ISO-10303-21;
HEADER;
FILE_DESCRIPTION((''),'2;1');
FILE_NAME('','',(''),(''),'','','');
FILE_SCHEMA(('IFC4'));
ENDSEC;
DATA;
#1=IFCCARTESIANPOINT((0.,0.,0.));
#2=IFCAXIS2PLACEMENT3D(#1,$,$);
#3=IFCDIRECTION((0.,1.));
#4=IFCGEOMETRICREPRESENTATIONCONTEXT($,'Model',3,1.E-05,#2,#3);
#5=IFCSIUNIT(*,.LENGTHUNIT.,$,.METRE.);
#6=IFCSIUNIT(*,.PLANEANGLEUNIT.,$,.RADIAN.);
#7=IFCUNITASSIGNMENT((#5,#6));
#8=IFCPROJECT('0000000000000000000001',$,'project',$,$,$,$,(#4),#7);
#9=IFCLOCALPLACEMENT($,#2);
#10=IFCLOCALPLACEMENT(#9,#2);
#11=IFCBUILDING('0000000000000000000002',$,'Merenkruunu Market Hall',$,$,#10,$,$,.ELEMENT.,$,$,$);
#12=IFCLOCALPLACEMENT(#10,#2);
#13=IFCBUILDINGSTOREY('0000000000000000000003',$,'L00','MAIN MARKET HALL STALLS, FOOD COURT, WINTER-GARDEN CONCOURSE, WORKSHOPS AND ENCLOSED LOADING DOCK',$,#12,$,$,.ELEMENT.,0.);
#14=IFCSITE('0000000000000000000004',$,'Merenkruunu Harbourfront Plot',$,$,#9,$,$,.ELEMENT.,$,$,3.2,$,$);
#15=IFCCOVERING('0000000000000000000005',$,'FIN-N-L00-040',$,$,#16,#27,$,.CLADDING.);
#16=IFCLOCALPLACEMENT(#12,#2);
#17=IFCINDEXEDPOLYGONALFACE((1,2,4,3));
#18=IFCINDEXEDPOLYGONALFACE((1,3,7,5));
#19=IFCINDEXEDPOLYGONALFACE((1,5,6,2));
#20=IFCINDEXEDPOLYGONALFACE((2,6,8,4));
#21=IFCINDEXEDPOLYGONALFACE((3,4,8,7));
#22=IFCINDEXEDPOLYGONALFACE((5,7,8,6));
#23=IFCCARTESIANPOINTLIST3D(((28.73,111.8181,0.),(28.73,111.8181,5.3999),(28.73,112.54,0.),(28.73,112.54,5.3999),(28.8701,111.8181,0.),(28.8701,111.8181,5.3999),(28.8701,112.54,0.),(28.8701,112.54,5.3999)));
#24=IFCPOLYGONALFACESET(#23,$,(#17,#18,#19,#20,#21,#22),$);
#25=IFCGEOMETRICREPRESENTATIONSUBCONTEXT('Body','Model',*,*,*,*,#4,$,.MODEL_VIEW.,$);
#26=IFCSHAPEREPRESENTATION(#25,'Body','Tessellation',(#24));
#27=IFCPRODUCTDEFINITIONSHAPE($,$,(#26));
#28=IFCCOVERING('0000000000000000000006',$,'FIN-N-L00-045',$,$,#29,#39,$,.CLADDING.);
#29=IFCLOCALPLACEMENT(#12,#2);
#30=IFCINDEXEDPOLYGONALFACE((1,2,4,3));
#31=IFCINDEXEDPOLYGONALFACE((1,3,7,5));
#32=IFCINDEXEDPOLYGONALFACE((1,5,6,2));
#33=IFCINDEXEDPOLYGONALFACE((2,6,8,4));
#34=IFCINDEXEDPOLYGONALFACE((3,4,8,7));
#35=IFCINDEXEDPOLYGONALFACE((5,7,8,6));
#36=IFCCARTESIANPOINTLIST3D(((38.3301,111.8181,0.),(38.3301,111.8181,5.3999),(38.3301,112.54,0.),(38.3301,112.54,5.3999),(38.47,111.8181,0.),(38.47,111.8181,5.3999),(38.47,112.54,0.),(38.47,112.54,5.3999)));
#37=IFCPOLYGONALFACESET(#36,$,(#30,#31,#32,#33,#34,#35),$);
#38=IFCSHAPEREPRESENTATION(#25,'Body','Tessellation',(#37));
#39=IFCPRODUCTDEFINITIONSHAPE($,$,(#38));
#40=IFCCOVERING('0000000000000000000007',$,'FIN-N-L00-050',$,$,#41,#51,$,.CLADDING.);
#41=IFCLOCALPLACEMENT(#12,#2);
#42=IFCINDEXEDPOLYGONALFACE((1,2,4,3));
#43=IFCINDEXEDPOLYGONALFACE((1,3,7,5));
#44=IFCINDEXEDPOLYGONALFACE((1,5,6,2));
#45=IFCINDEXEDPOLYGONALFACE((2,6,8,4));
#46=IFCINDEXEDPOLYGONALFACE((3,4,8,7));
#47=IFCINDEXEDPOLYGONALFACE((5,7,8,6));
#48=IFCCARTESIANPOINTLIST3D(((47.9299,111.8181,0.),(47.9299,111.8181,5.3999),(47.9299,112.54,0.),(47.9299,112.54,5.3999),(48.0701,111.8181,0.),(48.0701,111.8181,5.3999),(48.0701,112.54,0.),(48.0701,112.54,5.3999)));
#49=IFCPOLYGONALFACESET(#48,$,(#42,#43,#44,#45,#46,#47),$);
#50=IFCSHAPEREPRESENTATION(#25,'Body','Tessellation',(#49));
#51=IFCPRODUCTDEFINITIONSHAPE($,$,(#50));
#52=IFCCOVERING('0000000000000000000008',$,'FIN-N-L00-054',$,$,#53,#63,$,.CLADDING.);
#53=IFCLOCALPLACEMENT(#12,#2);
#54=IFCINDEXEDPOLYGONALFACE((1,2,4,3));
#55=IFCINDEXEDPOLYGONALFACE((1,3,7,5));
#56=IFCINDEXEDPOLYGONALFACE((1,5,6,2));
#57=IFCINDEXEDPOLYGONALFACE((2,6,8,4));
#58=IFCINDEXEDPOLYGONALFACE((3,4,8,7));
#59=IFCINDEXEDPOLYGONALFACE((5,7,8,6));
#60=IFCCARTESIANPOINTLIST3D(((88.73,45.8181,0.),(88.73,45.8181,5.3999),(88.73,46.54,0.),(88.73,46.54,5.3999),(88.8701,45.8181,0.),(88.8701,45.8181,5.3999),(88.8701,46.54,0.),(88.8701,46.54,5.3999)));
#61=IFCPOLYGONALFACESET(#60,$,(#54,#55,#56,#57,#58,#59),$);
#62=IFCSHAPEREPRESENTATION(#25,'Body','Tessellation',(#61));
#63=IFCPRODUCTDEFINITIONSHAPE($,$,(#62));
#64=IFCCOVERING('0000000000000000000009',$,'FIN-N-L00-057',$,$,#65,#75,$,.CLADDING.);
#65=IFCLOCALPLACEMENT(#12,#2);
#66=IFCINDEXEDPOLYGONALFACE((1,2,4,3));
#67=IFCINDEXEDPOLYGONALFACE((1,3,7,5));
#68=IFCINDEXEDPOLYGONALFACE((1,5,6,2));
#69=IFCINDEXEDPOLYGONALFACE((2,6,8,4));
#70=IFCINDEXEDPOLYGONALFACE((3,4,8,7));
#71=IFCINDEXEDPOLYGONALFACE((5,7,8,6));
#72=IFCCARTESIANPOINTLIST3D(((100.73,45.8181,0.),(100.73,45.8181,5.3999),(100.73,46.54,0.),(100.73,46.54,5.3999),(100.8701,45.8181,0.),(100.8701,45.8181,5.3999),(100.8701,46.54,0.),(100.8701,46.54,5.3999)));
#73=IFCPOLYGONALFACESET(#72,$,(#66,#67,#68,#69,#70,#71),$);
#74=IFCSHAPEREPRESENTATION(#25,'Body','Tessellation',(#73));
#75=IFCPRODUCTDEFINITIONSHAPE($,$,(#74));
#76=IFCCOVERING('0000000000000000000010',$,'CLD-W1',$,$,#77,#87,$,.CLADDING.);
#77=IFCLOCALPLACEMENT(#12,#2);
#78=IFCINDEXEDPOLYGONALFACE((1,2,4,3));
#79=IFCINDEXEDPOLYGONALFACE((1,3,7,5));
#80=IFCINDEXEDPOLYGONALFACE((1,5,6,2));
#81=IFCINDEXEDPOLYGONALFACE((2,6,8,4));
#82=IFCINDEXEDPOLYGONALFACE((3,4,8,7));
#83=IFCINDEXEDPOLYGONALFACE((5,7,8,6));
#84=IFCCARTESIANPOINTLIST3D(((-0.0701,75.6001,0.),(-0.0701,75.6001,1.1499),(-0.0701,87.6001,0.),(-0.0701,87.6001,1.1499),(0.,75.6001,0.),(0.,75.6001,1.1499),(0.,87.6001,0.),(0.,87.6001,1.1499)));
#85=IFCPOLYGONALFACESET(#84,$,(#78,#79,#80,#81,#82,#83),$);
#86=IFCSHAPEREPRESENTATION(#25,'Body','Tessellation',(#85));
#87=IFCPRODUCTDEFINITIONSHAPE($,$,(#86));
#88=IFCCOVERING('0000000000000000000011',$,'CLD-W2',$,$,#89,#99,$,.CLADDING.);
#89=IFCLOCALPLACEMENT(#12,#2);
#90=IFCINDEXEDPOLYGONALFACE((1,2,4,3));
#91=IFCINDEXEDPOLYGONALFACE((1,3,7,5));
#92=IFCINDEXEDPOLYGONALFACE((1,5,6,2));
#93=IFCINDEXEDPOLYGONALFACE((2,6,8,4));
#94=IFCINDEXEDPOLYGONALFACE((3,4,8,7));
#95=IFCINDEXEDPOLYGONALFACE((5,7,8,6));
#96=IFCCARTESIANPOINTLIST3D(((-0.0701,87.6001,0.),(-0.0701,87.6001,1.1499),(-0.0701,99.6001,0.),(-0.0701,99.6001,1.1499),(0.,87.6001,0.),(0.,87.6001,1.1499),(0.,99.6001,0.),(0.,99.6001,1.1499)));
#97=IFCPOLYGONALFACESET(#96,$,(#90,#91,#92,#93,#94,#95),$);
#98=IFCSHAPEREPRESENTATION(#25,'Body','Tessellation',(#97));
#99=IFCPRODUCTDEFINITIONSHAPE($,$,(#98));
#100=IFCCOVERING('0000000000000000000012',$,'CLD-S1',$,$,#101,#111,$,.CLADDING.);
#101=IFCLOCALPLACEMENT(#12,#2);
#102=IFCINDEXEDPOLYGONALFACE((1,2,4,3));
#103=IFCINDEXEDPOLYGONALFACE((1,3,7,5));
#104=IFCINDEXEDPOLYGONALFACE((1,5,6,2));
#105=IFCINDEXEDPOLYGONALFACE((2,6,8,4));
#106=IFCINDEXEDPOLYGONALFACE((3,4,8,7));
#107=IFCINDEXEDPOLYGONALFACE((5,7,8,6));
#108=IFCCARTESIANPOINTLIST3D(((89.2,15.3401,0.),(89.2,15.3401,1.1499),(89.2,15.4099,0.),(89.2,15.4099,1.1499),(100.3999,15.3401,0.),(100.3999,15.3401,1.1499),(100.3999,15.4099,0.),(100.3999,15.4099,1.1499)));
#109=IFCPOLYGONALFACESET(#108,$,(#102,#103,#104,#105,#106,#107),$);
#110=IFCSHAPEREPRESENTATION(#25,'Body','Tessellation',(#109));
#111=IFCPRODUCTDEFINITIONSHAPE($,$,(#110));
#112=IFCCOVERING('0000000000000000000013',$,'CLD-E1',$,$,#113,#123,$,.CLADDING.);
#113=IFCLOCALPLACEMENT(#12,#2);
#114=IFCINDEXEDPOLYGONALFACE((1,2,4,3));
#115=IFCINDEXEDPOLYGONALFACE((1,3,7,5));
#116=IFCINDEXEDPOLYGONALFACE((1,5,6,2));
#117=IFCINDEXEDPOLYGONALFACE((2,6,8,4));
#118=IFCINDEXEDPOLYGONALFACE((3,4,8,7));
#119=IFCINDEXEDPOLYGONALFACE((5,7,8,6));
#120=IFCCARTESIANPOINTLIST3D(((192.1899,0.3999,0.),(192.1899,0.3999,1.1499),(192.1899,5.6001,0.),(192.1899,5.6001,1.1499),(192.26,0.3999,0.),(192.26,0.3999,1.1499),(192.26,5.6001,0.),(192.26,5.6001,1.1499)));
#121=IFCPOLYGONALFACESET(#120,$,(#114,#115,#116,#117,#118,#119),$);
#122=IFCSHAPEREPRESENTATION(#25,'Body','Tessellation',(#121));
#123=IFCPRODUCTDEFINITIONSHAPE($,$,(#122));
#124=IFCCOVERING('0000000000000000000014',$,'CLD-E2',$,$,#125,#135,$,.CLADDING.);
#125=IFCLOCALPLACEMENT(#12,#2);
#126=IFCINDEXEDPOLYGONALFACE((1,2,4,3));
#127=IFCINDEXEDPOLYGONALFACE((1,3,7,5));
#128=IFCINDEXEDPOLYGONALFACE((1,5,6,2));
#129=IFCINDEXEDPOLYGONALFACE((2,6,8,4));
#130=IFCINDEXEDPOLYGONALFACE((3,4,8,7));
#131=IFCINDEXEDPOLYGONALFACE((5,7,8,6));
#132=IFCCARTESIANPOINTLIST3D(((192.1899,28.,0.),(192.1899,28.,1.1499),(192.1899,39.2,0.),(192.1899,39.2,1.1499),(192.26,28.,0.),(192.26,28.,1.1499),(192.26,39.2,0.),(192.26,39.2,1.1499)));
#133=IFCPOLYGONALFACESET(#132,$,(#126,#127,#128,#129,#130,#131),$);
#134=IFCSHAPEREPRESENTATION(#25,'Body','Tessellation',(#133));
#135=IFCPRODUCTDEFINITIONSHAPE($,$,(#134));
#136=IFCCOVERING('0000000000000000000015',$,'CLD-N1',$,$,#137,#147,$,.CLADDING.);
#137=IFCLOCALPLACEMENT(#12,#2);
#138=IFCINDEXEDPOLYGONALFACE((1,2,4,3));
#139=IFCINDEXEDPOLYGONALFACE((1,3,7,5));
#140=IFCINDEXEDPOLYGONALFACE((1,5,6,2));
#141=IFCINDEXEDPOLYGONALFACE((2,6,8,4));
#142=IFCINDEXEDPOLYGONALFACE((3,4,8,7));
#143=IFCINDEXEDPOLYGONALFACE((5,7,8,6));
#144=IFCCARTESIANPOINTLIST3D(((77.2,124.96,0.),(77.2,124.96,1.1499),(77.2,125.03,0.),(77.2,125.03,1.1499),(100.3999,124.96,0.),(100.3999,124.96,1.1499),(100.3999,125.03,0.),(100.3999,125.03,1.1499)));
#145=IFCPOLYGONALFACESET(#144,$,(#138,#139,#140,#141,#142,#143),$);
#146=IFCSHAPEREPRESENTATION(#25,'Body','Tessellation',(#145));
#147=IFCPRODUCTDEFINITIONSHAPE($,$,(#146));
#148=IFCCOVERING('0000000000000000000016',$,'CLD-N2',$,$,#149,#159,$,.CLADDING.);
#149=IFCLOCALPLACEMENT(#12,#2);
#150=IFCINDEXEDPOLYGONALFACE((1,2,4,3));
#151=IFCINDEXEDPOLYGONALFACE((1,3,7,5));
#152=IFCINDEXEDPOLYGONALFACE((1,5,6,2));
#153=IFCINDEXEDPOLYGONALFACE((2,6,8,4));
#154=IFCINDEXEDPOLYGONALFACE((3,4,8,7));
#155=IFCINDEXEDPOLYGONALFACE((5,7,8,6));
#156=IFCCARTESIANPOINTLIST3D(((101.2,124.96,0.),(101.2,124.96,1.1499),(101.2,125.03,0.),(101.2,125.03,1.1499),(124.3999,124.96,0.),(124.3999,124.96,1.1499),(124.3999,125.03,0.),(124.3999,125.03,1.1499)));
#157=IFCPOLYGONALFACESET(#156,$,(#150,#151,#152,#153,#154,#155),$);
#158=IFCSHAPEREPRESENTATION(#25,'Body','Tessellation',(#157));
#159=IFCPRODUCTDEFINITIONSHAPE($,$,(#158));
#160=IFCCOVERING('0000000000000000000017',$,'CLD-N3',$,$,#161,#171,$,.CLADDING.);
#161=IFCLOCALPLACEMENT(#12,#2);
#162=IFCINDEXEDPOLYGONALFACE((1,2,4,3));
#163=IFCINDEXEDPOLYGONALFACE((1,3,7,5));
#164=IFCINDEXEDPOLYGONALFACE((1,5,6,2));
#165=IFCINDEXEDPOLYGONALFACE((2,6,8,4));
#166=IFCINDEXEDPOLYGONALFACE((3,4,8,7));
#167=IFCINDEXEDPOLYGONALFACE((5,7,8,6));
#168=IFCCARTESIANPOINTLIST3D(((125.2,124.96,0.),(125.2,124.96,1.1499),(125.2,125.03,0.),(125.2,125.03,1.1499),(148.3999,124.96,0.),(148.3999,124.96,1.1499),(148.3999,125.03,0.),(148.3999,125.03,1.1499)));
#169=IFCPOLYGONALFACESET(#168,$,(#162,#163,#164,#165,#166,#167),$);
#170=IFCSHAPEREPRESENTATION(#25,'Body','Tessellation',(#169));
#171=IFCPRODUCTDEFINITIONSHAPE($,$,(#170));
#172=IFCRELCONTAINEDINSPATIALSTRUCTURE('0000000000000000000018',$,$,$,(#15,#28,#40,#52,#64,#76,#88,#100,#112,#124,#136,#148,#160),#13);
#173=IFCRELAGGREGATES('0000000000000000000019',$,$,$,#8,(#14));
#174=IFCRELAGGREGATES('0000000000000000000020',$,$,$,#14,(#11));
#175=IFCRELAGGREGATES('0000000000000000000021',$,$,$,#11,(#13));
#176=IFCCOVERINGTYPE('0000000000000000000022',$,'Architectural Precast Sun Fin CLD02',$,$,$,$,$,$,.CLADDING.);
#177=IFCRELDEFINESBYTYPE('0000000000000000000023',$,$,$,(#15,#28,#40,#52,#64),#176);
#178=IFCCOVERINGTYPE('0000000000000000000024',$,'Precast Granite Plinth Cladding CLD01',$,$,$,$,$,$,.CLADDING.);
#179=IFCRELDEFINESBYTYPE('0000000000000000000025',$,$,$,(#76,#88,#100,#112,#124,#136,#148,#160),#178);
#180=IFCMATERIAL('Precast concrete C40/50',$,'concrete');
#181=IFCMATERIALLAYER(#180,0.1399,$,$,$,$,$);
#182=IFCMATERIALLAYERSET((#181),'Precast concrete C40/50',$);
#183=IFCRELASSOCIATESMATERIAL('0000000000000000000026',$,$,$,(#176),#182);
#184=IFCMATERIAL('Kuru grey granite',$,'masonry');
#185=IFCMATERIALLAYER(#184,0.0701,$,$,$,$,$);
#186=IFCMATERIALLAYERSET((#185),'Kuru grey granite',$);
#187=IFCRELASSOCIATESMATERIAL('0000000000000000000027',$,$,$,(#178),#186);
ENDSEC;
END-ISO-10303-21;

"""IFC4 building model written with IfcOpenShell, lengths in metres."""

from ifc_helpers import new_model, si_unit, direction, origin, place, context, subcontext, project, spatial, polyline, outline, extrude, material, layer, layer_set, type_object, element, save


model = new_model("IFC4")

# Units and contexts
model_context = context("Model", 3, precision=1e-05, world=origin(), true_north=direction((0.0, 1.0)))
body_context = subcontext(model_context, "Body", "Model", "MODEL_VIEW")
ifc_project = project(units=[si_unit("LENGTHUNIT", "METRE"), si_unit("PLANEANGLEUNIT", "RADIAN")], contexts=[model_context])

# Site, building, storey
site_placement = place(None, origin())
site = spatial("IfcSite", under=ifc_project, at=site_placement, Name="Merenkruunu Harbourfront Plot", CompositionType="ELEMENT", RefElevation=3.2)
building_placement = place(site_placement, origin())
building = spatial("IfcBuilding", under=site, at=building_placement, Name="Merenkruunu Market Hall", CompositionType="ELEMENT")
storey_placement = place(building_placement, origin())
storey = spatial("IfcBuildingStorey", under=building, at=storey_placement, Name="L00", Description="MAIN MARKET HALL STALLS, FOOD COURT, WINTER-GARDEN CONCOURSE, WORKSHOPS AND ENCLOSED LOADING DOCK", CompositionType="ELEMENT", Elevation=0.0)

# Coverings
ifc_material_1 = material(Name="Precast concrete C40/50", Category="concrete")
ifc_layer_1 = layer(ifc_material_1, 0.1399)
ifc_layer_set_1 = layer_set([ifc_layer_1], Name="Precast concrete C40/50")
covering_type_1 = type_object("IfcCoveringType", Name="Architectural Precast Sun Fin CLD02", PredefinedType="CLADDING", material=ifc_layer_set_1)
covering_1_placement = place(storey_placement, origin())
element("IfcCovering", 1, at=covering_1_placement, inside=storey, type_object=covering_type_1, Name="FIN-N-L00-040", PredefinedType="CLADDING", context=body_context, shape_type="SweptSolid", body=[
    extrude(outline(polyline([(28.73, 111.8181), (28.8701, 111.8181), (28.8701, 112.54), (28.73, 112.54), (28.73, 111.8181)])), origin(), (0.0, 0.0, 1.0), 5.3999),
])
covering_2_placement = place(storey_placement, origin())
element("IfcCovering", 2, at=covering_2_placement, inside=storey, type_object=covering_type_1, Name="FIN-N-L00-045", PredefinedType="CLADDING", context=body_context, shape_type="SweptSolid", body=[
    extrude(outline(polyline([(38.3301, 111.8181), (38.47, 111.8181), (38.47, 112.54), (38.3301, 112.54), (38.3301, 111.8181)])), origin(), (0.0, 0.0, 1.0), 5.3999),
])
covering_3_placement = place(storey_placement, origin())
element("IfcCovering", 3, at=covering_3_placement, inside=storey, type_object=covering_type_1, Name="FIN-N-L00-050", PredefinedType="CLADDING", context=body_context, shape_type="SweptSolid", body=[
    extrude(outline(polyline([(47.9299, 111.8181), (48.0701, 111.8181), (48.0701, 112.54), (47.9299, 112.54), (47.9299, 111.8181)])), origin(), (0.0, 0.0, 1.0), 5.3999),
])
covering_4_placement = place(storey_placement, origin())
element("IfcCovering", 4, at=covering_4_placement, inside=storey, type_object=covering_type_1, Name="FIN-N-L00-054", PredefinedType="CLADDING", context=body_context, shape_type="SweptSolid", body=[
    extrude(outline(polyline([(88.73, 45.8181), (88.8701, 45.8181), (88.8701, 46.54), (88.73, 46.54), (88.73, 45.8181)])), origin(), (0.0, 0.0, 1.0), 5.3999),
])
covering_5_placement = place(storey_placement, origin())
element("IfcCovering", 5, at=covering_5_placement, inside=storey, type_object=covering_type_1, Name="FIN-N-L00-057", PredefinedType="CLADDING", context=body_context, shape_type="SweptSolid", body=[
    extrude(outline(polyline([(100.73, 45.8181), (100.8701, 45.8181), (100.8701, 46.54), (100.73, 46.54), (100.73, 45.8181)])), origin(), (0.0, 0.0, 1.0), 5.3999),
])
ifc_material_2 = material(Name="Kuru grey granite", Category="masonry")
ifc_layer_2 = layer(ifc_material_2, 0.0701)
ifc_layer_set_2 = layer_set([ifc_layer_2], Name="Kuru grey granite")
covering_type_2 = type_object("IfcCoveringType", Name="Precast Granite Plinth Cladding CLD01", PredefinedType="CLADDING", material=ifc_layer_set_2)
covering_6_placement = place(storey_placement, origin())
element("IfcCovering", 6, at=covering_6_placement, inside=storey, type_object=covering_type_2, Name="CLD-W1", PredefinedType="CLADDING", context=body_context, shape_type="SweptSolid", body=[
    extrude(outline(polyline([(-0.0701, 75.6001), (0.0, 75.6001), (0.0, 87.6001), (-0.0701, 87.6001), (-0.0701, 75.6001)])), origin(), (0.0, 0.0, 1.0), 1.1499),
])
covering_7_placement = place(storey_placement, origin())
element("IfcCovering", 7, at=covering_7_placement, inside=storey, type_object=covering_type_2, Name="CLD-W2", PredefinedType="CLADDING", context=body_context, shape_type="SweptSolid", body=[
    extrude(outline(polyline([(-0.0701, 87.6001), (0.0, 87.6001), (0.0, 99.6001), (-0.0701, 99.6001), (-0.0701, 87.6001)])), origin(), (0.0, 0.0, 1.0), 1.1499),
])
covering_8_placement = place(storey_placement, origin())
element("IfcCovering", 8, at=covering_8_placement, inside=storey, type_object=covering_type_2, Name="CLD-S1", PredefinedType="CLADDING", context=body_context, shape_type="SweptSolid", body=[
    extrude(outline(polyline([(89.2, 15.3401), (100.3999, 15.3401), (100.3999, 15.4099), (89.2, 15.4099), (89.2, 15.3401)])), origin(), (0.0, 0.0, 1.0), 1.1499),
])
covering_9_placement = place(storey_placement, origin())
element("IfcCovering", 9, at=covering_9_placement, inside=storey, type_object=covering_type_2, Name="CLD-E1", PredefinedType="CLADDING", context=body_context, shape_type="SweptSolid", body=[
    extrude(outline(polyline([(192.1899, 0.3999), (192.26, 0.3999), (192.26, 5.6001), (192.1899, 5.6001), (192.1899, 0.3999)])), origin(), (0.0, 0.0, 1.0), 1.1499),
])
covering_10_placement = place(storey_placement, origin())
element("IfcCovering", 10, at=covering_10_placement, inside=storey, type_object=covering_type_2, Name="CLD-E2", PredefinedType="CLADDING", context=body_context, shape_type="SweptSolid", body=[
    extrude(outline(polyline([(192.1899, 28.0), (192.26, 28.0), (192.26, 39.2), (192.1899, 39.2), (192.1899, 28.0)])), origin(), (0.0, 0.0, 1.0), 1.1499),
])
covering_11_placement = place(storey_placement, origin())
element("IfcCovering", 11, at=covering_11_placement, inside=storey, type_object=covering_type_2, Name="CLD-N1", PredefinedType="CLADDING", context=body_context, shape_type="SweptSolid", body=[
    extrude(outline(polyline([(77.2, 124.96), (100.3999, 124.96), (100.3999, 125.03), (77.2, 125.03), (77.2, 124.96)])), origin(), (0.0, 0.0, 1.0), 1.1499),
])
covering_12_placement = place(storey_placement, origin())
element("IfcCovering", 12, at=covering_12_placement, inside=storey, type_object=covering_type_2, Name="CLD-N2", PredefinedType="CLADDING", context=body_context, shape_type="SweptSolid", body=[
    extrude(outline(polyline([(101.2, 124.96), (124.3999, 124.96), (124.3999, 125.03), (101.2, 125.03), (101.2, 124.96)])), origin(), (0.0, 0.0, 1.0), 1.1499),
])
covering_13_placement = place(storey_placement, origin())
element("IfcCovering", 13, at=covering_13_placement, inside=storey, type_object=covering_type_2, Name="CLD-N3", PredefinedType="CLADDING", context=body_context, shape_type="SweptSolid", body=[
    extrude(outline(polyline([(125.2, 124.96), (148.3999, 124.96), (148.3999, 125.03), (125.2, 125.03), (125.2, 124.96)])), origin(), (0.0, 0.0, 1.0), 1.1499),
])

save(model, "model.ifc")
